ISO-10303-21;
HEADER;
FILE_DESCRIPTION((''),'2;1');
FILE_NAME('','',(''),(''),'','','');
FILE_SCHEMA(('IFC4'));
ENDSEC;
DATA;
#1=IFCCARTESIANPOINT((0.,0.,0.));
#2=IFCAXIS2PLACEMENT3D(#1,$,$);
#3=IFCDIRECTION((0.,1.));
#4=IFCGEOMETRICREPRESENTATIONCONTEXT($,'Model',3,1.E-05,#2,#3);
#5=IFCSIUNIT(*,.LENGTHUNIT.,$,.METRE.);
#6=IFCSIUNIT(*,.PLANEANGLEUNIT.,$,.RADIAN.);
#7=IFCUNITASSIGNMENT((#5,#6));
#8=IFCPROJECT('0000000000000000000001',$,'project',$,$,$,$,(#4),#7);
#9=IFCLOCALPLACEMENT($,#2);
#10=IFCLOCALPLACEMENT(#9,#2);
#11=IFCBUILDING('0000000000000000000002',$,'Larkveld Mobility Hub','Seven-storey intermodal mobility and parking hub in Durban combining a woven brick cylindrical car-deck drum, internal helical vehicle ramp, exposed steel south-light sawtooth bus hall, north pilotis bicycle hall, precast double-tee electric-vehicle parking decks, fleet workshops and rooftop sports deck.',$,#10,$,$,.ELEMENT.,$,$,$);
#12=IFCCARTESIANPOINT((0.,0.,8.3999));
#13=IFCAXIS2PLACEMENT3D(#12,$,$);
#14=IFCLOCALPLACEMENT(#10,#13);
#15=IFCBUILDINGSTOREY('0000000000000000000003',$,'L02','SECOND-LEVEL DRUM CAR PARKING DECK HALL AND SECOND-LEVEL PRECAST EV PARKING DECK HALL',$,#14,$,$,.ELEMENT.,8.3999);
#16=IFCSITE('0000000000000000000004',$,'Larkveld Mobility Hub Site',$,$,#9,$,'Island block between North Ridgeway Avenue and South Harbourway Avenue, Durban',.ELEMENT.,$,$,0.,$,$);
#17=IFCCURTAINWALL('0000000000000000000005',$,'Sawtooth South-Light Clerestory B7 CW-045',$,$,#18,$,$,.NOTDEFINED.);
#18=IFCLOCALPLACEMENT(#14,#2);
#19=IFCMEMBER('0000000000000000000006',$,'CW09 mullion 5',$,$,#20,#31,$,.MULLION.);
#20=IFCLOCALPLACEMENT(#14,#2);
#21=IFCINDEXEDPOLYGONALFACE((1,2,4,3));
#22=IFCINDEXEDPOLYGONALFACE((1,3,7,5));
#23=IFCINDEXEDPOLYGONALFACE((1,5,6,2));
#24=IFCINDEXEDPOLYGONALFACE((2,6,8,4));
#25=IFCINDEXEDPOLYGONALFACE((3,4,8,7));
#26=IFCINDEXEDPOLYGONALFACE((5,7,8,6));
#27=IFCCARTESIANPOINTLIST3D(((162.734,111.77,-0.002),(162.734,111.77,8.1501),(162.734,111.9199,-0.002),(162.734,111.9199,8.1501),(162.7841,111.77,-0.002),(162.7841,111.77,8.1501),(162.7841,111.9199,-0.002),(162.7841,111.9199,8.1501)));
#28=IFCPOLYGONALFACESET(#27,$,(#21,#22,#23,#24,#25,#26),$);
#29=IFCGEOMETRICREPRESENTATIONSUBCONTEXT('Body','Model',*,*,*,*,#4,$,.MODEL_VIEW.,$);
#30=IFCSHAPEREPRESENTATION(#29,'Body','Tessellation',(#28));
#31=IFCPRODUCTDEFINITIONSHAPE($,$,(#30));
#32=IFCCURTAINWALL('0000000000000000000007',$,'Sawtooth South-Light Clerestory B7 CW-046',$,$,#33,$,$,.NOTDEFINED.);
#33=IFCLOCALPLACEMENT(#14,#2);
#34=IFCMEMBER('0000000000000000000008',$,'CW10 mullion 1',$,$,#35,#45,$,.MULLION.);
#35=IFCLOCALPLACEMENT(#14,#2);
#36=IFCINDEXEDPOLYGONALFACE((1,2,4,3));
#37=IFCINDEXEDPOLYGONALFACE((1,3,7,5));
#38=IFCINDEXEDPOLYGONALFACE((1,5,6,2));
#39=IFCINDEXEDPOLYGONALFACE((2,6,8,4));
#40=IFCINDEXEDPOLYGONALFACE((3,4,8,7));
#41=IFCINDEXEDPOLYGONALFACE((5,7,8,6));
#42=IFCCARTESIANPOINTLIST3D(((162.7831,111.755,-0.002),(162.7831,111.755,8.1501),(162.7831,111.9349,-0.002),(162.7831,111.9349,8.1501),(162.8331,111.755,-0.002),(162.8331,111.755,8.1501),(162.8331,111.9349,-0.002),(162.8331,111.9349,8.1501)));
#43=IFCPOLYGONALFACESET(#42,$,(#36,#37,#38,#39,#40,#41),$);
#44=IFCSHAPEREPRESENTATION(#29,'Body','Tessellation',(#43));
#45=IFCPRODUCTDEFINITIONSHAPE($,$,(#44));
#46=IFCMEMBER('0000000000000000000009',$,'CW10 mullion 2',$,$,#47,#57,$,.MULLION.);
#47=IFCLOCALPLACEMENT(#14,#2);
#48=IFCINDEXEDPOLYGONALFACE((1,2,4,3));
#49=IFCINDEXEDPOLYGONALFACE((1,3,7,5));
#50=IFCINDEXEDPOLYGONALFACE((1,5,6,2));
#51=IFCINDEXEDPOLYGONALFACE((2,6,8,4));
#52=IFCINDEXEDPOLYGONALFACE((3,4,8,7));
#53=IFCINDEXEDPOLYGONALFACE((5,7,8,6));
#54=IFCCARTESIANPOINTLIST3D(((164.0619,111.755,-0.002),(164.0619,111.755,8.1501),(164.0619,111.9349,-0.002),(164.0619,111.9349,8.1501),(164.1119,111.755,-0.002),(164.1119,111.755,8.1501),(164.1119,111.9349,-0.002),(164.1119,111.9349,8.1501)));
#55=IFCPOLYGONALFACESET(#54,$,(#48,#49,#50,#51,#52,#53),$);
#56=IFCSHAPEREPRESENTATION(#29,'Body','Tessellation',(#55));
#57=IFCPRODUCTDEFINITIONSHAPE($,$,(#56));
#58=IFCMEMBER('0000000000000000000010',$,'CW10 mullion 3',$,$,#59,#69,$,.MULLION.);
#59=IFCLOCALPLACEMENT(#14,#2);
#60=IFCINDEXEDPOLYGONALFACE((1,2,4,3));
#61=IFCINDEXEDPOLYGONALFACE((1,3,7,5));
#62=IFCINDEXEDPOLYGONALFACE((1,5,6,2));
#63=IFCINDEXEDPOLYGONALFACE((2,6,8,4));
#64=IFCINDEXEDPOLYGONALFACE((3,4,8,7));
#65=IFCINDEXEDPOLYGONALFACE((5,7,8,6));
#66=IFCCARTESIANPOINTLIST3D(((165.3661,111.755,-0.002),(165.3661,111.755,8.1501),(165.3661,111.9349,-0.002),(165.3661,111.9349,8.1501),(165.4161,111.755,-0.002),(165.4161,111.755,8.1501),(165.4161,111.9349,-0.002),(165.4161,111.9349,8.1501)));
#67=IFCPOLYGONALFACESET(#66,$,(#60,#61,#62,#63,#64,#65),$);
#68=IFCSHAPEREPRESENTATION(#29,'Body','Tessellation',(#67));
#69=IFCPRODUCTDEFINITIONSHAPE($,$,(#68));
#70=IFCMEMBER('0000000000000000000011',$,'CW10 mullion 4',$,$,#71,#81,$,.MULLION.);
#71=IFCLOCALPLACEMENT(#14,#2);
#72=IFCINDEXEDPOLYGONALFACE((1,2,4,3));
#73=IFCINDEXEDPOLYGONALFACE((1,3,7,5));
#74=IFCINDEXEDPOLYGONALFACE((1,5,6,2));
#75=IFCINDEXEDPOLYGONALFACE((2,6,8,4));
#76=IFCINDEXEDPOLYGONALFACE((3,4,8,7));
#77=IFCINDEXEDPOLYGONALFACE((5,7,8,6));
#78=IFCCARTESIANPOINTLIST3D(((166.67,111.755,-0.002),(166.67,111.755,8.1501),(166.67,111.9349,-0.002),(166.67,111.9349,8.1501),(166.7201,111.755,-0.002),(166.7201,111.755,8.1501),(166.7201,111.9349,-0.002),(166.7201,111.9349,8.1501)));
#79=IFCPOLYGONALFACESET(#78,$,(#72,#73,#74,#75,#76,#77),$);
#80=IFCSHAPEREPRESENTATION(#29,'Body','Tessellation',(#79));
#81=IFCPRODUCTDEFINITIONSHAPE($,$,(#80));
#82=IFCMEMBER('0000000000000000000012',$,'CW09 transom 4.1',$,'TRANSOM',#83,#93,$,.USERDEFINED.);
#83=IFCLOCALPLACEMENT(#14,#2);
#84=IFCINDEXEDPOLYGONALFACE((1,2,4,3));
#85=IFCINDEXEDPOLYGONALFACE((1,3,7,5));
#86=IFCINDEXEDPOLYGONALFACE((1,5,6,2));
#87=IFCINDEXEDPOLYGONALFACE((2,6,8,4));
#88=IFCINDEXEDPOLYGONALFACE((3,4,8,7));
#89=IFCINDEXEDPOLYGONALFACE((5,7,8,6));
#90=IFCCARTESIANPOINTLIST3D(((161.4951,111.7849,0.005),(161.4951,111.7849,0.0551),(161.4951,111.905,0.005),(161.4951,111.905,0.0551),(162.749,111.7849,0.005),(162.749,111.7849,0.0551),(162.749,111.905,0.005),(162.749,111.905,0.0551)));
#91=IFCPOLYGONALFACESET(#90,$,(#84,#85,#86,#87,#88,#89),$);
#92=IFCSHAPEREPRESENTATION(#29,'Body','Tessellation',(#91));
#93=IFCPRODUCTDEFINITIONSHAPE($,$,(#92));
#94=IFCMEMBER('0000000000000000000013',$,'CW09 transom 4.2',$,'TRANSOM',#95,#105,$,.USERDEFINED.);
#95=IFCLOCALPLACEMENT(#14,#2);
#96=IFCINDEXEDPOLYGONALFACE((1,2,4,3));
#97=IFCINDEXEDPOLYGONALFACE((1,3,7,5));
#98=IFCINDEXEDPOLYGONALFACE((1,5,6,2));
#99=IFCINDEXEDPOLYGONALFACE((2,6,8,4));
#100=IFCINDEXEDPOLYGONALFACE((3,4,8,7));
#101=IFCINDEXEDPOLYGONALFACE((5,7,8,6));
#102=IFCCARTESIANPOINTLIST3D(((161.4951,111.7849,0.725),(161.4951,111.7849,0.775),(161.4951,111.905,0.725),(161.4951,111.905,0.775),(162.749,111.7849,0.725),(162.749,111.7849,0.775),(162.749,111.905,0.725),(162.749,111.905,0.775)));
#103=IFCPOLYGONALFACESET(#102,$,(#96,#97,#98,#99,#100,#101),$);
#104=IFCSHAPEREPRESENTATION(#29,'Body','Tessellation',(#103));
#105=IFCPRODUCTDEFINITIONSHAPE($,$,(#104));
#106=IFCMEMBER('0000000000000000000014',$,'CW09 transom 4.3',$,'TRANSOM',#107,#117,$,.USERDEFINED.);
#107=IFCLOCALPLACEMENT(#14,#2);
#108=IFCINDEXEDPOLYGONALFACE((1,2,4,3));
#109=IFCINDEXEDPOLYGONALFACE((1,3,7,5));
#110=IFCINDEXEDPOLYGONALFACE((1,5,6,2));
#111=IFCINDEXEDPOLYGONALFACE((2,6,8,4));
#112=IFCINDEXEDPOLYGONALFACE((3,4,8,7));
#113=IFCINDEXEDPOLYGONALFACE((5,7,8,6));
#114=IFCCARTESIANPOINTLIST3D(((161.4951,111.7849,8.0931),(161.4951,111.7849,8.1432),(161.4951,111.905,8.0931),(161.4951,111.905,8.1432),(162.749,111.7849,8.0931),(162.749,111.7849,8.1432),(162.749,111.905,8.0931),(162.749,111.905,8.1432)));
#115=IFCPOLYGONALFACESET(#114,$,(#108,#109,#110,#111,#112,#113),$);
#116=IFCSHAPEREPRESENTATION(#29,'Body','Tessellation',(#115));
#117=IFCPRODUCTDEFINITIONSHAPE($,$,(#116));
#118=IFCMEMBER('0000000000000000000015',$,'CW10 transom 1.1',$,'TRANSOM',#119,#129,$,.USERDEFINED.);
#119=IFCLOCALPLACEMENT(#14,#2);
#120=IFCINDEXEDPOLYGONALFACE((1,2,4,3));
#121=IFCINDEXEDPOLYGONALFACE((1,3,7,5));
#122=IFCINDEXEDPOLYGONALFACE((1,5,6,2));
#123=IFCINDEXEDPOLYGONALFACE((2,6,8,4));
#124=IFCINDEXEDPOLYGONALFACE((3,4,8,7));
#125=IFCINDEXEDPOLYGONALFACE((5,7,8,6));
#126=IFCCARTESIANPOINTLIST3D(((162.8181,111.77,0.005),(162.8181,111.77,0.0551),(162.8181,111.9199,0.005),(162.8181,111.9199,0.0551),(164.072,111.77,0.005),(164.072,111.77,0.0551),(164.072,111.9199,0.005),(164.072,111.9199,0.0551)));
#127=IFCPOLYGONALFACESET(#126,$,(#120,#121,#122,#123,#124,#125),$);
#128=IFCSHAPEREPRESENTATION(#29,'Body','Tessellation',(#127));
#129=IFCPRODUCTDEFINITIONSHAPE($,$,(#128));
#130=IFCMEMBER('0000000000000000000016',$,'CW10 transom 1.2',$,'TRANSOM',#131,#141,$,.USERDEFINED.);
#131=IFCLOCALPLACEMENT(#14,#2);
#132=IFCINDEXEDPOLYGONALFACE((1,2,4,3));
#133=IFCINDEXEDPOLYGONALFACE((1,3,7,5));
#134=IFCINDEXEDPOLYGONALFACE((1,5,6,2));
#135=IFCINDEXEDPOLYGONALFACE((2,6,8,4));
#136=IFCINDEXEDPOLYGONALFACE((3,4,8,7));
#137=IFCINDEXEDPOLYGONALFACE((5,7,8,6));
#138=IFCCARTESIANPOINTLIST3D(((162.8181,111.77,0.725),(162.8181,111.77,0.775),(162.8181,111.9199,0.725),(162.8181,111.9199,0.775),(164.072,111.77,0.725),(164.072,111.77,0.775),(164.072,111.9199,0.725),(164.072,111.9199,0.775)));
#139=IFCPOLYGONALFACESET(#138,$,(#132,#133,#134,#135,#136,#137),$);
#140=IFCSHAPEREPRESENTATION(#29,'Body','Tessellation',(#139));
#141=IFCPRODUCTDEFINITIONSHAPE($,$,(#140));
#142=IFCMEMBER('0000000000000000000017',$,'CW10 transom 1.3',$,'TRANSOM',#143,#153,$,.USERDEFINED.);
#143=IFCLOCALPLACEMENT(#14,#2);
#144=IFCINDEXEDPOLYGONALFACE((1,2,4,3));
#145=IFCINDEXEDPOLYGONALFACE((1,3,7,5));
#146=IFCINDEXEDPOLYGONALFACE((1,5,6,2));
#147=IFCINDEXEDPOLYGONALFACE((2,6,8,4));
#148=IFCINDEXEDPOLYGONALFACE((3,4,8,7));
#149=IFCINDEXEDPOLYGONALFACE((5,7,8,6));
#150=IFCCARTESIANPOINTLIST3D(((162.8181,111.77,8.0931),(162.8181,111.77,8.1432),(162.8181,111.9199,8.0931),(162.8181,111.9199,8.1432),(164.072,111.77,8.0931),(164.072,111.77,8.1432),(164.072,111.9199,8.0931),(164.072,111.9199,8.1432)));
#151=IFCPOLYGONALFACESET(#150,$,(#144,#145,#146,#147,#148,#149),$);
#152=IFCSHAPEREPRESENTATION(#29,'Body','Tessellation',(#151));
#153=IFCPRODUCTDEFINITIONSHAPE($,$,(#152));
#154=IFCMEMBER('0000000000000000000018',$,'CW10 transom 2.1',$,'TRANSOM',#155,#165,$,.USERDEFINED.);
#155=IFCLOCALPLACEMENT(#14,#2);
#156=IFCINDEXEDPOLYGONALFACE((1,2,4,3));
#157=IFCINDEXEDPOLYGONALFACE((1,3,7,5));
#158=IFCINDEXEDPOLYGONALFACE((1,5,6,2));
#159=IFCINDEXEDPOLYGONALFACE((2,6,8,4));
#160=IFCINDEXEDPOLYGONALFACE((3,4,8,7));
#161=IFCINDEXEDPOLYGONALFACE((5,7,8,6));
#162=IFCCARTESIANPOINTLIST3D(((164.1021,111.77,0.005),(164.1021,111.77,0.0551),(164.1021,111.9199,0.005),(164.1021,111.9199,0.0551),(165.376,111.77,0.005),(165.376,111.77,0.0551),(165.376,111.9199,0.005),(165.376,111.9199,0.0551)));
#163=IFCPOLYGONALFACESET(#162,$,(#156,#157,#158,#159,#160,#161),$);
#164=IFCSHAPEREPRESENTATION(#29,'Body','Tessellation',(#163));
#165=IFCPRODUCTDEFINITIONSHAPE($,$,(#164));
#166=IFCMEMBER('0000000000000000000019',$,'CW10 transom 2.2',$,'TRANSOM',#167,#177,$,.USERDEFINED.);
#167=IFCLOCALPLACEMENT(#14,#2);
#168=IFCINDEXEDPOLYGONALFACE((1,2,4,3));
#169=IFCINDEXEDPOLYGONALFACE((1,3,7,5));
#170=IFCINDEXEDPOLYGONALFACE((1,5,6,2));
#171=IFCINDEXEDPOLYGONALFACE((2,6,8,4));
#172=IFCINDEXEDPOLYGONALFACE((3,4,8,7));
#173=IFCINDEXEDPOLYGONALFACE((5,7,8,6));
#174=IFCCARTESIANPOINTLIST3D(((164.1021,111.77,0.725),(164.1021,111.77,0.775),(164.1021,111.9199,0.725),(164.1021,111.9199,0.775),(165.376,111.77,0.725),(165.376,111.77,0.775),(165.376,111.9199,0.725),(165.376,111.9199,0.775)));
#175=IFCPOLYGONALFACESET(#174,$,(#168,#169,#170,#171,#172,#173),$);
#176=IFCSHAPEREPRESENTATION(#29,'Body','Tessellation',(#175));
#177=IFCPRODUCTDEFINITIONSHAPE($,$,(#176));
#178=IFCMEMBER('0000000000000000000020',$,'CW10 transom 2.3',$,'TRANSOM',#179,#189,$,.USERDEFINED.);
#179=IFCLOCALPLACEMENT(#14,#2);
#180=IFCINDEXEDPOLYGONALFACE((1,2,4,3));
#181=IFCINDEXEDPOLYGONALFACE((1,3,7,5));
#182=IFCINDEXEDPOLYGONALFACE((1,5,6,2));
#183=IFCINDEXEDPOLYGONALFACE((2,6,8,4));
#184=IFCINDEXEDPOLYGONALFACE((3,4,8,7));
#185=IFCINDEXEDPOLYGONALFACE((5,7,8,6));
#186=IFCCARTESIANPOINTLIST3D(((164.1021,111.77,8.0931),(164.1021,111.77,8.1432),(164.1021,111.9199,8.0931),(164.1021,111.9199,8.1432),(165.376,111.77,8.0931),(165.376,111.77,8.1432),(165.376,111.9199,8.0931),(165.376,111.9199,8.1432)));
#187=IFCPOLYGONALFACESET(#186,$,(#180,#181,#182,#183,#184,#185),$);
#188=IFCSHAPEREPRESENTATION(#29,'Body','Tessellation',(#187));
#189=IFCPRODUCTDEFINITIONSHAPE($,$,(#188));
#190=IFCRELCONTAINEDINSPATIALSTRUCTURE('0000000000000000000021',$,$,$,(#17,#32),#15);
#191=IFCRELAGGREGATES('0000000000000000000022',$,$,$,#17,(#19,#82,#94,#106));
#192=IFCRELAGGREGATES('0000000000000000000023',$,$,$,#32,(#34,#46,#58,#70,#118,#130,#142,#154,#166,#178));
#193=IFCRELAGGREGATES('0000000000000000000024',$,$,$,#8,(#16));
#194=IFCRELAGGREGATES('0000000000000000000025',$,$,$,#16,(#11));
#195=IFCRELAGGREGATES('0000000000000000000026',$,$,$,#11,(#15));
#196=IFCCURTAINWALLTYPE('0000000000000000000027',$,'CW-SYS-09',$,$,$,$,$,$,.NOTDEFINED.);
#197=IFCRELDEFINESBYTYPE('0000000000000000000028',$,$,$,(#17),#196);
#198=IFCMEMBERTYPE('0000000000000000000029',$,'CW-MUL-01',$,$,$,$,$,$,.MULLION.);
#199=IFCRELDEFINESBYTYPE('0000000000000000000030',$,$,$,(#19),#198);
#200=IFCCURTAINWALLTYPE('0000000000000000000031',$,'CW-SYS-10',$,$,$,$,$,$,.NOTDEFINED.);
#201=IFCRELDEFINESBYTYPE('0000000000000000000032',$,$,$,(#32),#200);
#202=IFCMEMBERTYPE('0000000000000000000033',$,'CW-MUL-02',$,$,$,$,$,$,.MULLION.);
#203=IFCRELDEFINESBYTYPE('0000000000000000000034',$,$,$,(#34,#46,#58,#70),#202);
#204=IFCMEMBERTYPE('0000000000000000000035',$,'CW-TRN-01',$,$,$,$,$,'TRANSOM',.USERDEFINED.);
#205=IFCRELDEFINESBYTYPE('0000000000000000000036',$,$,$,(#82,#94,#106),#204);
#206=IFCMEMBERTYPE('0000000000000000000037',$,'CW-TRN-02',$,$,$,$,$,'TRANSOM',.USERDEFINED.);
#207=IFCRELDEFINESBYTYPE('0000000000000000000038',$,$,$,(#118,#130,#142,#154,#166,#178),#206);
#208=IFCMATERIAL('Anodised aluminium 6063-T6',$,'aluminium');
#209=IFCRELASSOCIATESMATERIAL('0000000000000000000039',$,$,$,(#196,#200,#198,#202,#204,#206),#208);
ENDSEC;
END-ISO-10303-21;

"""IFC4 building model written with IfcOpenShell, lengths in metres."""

from ifc_helpers import new_model, si_unit, direction, frame, origin, origin_2d, place, context, subcontext, project, spatial, rectangle, extrude, material, material_profile, profile_set, type_object, element, aggregate, save


model = new_model("IFC4")

# Units and contexts
model_context = context("Model", 3, precision=1e-05, world=origin(), true_north=direction((0.0, 1.0)))
body_context = subcontext(model_context, "Body", "Model", "MODEL_VIEW")
ifc_project = project(units=[si_unit("LENGTHUNIT", "METRE"), si_unit("PLANEANGLEUNIT", "RADIAN")], contexts=[model_context])

# Site, building, storey
site_placement = place(None, origin())
site = spatial("IfcSite", under=ifc_project, at=site_placement, Name="Larkveld Mobility Hub Site", LongName="Island block between North Ridgeway Avenue and South Harbourway Avenue, Durban", CompositionType="ELEMENT", RefElevation=0.0)
building_placement = place(site_placement, origin())
building = spatial("IfcBuilding", under=site, at=building_placement, Name="Larkveld Mobility Hub", Description="Seven-storey intermodal mobility and parking hub in Durban combining a woven brick cylindrical car-deck drum, internal helical vehicle ramp, exposed steel south-light sawtooth bus hall, north pilotis bicycle hall, precast double-tee electric-vehicle parking decks, fleet workshops and rooftop sports deck.", CompositionType="ELEMENT")
storey_placement = place(building_placement, frame((0.0, 0.0, 8.3999)))
storey = spatial("IfcBuildingStorey", under=building, at=storey_placement, Name="L02", Description="SECOND-LEVEL DRUM CAR PARKING DECK HALL AND SECOND-LEVEL PRECAST EV PARKING DECK HALL", CompositionType="ELEMENT", Elevation=8.3999)

# Curtain wall, member
ifc_material_1 = material(Name="Anodised aluminium 6063-T6", Category="aluminium")
curtain_wall_type_1 = type_object("IfcCurtainWallType", Name="CW-SYS-09", PredefinedType="NOTDEFINED", material=ifc_material_1)
curtain_wall_1_placement = place(storey_placement, origin())
curtain_wall_1 = element("IfcCurtainWall", 1, at=curtain_wall_1_placement, inside=storey, type_object=curtain_wall_type_1, Name="Sawtooth South-Light Clerestory B7 CW-045", PredefinedType="NOTDEFINED")
ifc_material_profile_1 = material_profile(ifc_material_1, rectangle(XDim=0.05, YDim=0.1499, at=origin_2d()), Name="ALU MULL 50x150")
ifc_profile_set_1 = profile_set([ifc_material_profile_1], Name="Anodised aluminium 6063-T6")
member_type_1 = type_object("IfcMemberType", Name="CW-MUL-01", PredefinedType="MULLION", material=ifc_profile_set_1)
member_1_placement = place(storey_placement, frame((162.759, 111.845, -0.002), z_axis=(0.0, 0.0, 1.0), x_axis=(1.0, 0.0, 0.0)))
member_1 = element("IfcMember", 2, at=member_1_placement, type_object=member_type_1, Name="CW09 mullion 5", PredefinedType="MULLION", context=body_context, shape_type="SweptSolid", body=[
    extrude(rectangle(XDim=0.05, YDim=0.1499, at=origin_2d()), origin(), (0.0, 0.0, 1.0), 8.1521),
])

# Curtain wall, members
curtain_wall_type_2 = type_object("IfcCurtainWallType", Name="CW-SYS-10", PredefinedType="NOTDEFINED", material=ifc_material_1)
curtain_wall_2_placement = place(storey_placement, origin())
curtain_wall_2 = element("IfcCurtainWall", 3, at=curtain_wall_2_placement, inside=storey, type_object=curtain_wall_type_2, Name="Sawtooth South-Light Clerestory B7 CW-046", PredefinedType="NOTDEFINED")
ifc_material_profile_2 = material_profile(ifc_material_1, rectangle(XDim=0.05, YDim=0.1799, at=origin_2d()), Name="ALU MULL 50x180")
ifc_profile_set_2 = profile_set([ifc_material_profile_2], Name="Anodised aluminium 6063-T6")
member_type_2 = type_object("IfcMemberType", Name="CW-MUL-02", PredefinedType="MULLION", material=ifc_profile_set_2)
member_2_placement = place(storey_placement, frame((162.8081, 111.845, -0.002), z_axis=(0.0, 0.0, 1.0), x_axis=(1.0, 0.0, 0.0)))
member_2 = element("IfcMember", 4, at=member_2_placement, type_object=member_type_2, Name="CW10 mullion 1", PredefinedType="MULLION", context=body_context, shape_type="SweptSolid", body=[
    extrude(rectangle(XDim=0.05, YDim=0.1799, at=origin_2d()), origin(), (0.0, 0.0, 1.0), 8.1521),
])
member_3_placement = place(storey_placement, frame((164.0869, 111.845, -0.002), z_axis=(0.0, 0.0, 1.0), x_axis=(1.0, 0.0, 0.0)))
member_3 = element("IfcMember", 5, at=member_3_placement, type_object=member_type_2, Name="CW10 mullion 2", PredefinedType="MULLION", context=body_context, shape_type="SweptSolid", body=[
    extrude(rectangle(XDim=0.05, YDim=0.1799, at=origin_2d()), origin(), (0.0, 0.0, 1.0), 8.1521),
])
member_4_placement = place(storey_placement, frame((165.3911, 111.845, -0.002), z_axis=(0.0, 0.0, 1.0), x_axis=(1.0, 0.0, 0.0)))
member_4 = element("IfcMember", 6, at=member_4_placement, type_object=member_type_2, Name="CW10 mullion 3", PredefinedType="MULLION", context=body_context, shape_type="SweptSolid", body=[
    extrude(rectangle(XDim=0.05, YDim=0.1799, at=origin_2d()), origin(), (0.0, 0.0, 1.0), 8.1521),
])
member_5_placement = place(storey_placement, frame((166.6951, 111.845, -0.002), z_axis=(0.0, 0.0, 1.0), x_axis=(1.0, 0.0, 0.0)))
member_5 = element("IfcMember", 7, at=member_5_placement, type_object=member_type_2, Name="CW10 mullion 4", PredefinedType="MULLION", context=body_context, shape_type="SweptSolid", body=[
    extrude(rectangle(XDim=0.05, YDim=0.1799, at=origin_2d()), origin(), (0.0, 0.0, 1.0), 8.1521),
])

# Members
ifc_material_profile_3 = material_profile(ifc_material_1, rectangle(XDim=0.1201, YDim=0.05, at=origin_2d()), Name="ALU TRAN 50x120")
ifc_profile_set_3 = profile_set([ifc_material_profile_3], Name="Anodised aluminium 6063-T6")
member_type_3 = type_object("IfcMemberType", Name="CW-TRN-01", ElementType="TRANSOM", PredefinedType="USERDEFINED", material=ifc_profile_set_3)
member_6_placement = place(storey_placement, frame((161.4951, 111.845, 0.03), z_axis=(1.0, 0.0, 0.0), x_axis=(0.0, 1.0, 0.0)))
member_6 = element("IfcMember", 8, at=member_6_placement, type_object=member_type_3, Name="CW09 transom 4.1", ObjectType="TRANSOM", PredefinedType="USERDEFINED", context=body_context, shape_type="SweptSolid", body=[
    extrude(rectangle(XDim=0.1201, YDim=0.05, at=origin_2d()), origin(), (0.0, 0.0, 1.0), 1.2539),
])
member_7_placement = place(storey_placement, frame((161.4951, 111.845, 0.75), z_axis=(1.0, 0.0, 0.0), x_axis=(0.0, 1.0, 0.0)))
member_7 = element("IfcMember", 9, at=member_7_placement, type_object=member_type_3, Name="CW09 transom 4.2", ObjectType="TRANSOM", PredefinedType="USERDEFINED", context=body_context, shape_type="SweptSolid", body=[
    extrude(rectangle(XDim=0.1201, YDim=0.05, at=origin_2d()), origin(), (0.0, 0.0, 1.0), 1.2539),
])
member_8_placement = place(storey_placement, frame((161.4951, 111.845, 8.1182), z_axis=(1.0, 0.0, 0.0), x_axis=(0.0, 1.0, 0.0)))
member_8 = element("IfcMember", 10, at=member_8_placement, type_object=member_type_3, Name="CW09 transom 4.3", ObjectType="TRANSOM", PredefinedType="USERDEFINED", context=body_context, shape_type="SweptSolid", body=[
    extrude(rectangle(XDim=0.1201, YDim=0.05, at=origin_2d()), origin(), (0.0, 0.0, 1.0), 1.2539),
])
ifc_material_profile_4 = material_profile(ifc_material_1, rectangle(XDim=0.1499, YDim=0.05, at=origin_2d()), Name="ALU TRAN 50x150")
ifc_profile_set_4 = profile_set([ifc_material_profile_4], Name="Anodised aluminium 6063-T6")
member_type_4 = type_object("IfcMemberType", Name="CW-TRN-02", ElementType="TRANSOM", PredefinedType="USERDEFINED", material=ifc_profile_set_4)
member_9_placement = place(storey_placement, frame((162.8181, 111.845, 0.03), z_axis=(1.0, 0.0, 0.0), x_axis=(0.0, 1.0, 0.0)))
member_9 = element("IfcMember", 11, at=member_9_placement, type_object=member_type_4, Name="CW10 transom 1.1", ObjectType="TRANSOM", PredefinedType="USERDEFINED", context=body_context, shape_type="SweptSolid", body=[
    extrude(rectangle(XDim=0.1499, YDim=0.05, at=origin_2d()), origin(), (0.0, 0.0, 1.0), 1.2539),
])
member_10_placement = place(storey_placement, frame((162.8181, 111.845, 0.75), z_axis=(1.0, 0.0, 0.0), x_axis=(0.0, 1.0, 0.0)))
member_10 = element("IfcMember", 12, at=member_10_placement, type_object=member_type_4, Name="CW10 transom 1.2", ObjectType="TRANSOM", PredefinedType="USERDEFINED", context=body_context, shape_type="SweptSolid", body=[
    extrude(rectangle(XDim=0.1499, YDim=0.05, at=origin_2d()), origin(), (0.0, 0.0, 1.0), 1.2539),
])
member_11_placement = place(storey_placement, frame((162.8181, 111.845, 8.1182), z_axis=(1.0, 0.0, 0.0), x_axis=(0.0, 1.0, 0.0)))
member_11 = element("IfcMember", 13, at=member_11_placement, type_object=member_type_4, Name="CW10 transom 1.3", ObjectType="TRANSOM", PredefinedType="USERDEFINED", context=body_context, shape_type="SweptSolid", body=[
    extrude(rectangle(XDim=0.1499, YDim=0.05, at=origin_2d()), origin(), (0.0, 0.0, 1.0), 1.2539),
])
member_12_placement = place(storey_placement, frame((164.1021, 111.845, 0.03), z_axis=(1.0, 0.0, 0.0), x_axis=(0.0, 1.0, 0.0)))
member_12 = element("IfcMember", 14, at=member_12_placement, type_object=member_type_4, Name="CW10 transom 2.1", ObjectType="TRANSOM", PredefinedType="USERDEFINED", context=body_context, shape_type="SweptSolid", body=[
    extrude(rectangle(XDim=0.1499, YDim=0.05, at=origin_2d()), origin(), (0.0, 0.0, 1.0), 1.2739),
])
member_13_placement = place(storey_placement, frame((164.1021, 111.845, 0.75), z_axis=(1.0, 0.0, 0.0), x_axis=(0.0, 1.0, 0.0)))
member_13 = element("IfcMember", 15, at=member_13_placement, type_object=member_type_4, Name="CW10 transom 2.2", ObjectType="TRANSOM", PredefinedType="USERDEFINED", context=body_context, shape_type="SweptSolid", body=[
    extrude(rectangle(XDim=0.1499, YDim=0.05, at=origin_2d()), origin(), (0.0, 0.0, 1.0), 1.2739),
])
member_14_placement = place(storey_placement, frame((164.1021, 111.845, 8.1182), z_axis=(1.0, 0.0, 0.0), x_axis=(0.0, 1.0, 0.0)))
member_14 = element("IfcMember", 16, at=member_14_placement, type_object=member_type_4, Name="CW10 transom 2.3", ObjectType="TRANSOM", PredefinedType="USERDEFINED", context=body_context, shape_type="SweptSolid", body=[
    extrude(rectangle(XDim=0.1499, YDim=0.05, at=origin_2d()), origin(), (0.0, 0.0, 1.0), 1.2739),
])

aggregate(curtain_wall_1, [member_1, member_6, member_7, member_8])
aggregate(curtain_wall_2, [member_2, member_3, member_4, member_5, member_9, member_10, member_11, member_12, member_13, member_14])

save(model, "model.ifc")
